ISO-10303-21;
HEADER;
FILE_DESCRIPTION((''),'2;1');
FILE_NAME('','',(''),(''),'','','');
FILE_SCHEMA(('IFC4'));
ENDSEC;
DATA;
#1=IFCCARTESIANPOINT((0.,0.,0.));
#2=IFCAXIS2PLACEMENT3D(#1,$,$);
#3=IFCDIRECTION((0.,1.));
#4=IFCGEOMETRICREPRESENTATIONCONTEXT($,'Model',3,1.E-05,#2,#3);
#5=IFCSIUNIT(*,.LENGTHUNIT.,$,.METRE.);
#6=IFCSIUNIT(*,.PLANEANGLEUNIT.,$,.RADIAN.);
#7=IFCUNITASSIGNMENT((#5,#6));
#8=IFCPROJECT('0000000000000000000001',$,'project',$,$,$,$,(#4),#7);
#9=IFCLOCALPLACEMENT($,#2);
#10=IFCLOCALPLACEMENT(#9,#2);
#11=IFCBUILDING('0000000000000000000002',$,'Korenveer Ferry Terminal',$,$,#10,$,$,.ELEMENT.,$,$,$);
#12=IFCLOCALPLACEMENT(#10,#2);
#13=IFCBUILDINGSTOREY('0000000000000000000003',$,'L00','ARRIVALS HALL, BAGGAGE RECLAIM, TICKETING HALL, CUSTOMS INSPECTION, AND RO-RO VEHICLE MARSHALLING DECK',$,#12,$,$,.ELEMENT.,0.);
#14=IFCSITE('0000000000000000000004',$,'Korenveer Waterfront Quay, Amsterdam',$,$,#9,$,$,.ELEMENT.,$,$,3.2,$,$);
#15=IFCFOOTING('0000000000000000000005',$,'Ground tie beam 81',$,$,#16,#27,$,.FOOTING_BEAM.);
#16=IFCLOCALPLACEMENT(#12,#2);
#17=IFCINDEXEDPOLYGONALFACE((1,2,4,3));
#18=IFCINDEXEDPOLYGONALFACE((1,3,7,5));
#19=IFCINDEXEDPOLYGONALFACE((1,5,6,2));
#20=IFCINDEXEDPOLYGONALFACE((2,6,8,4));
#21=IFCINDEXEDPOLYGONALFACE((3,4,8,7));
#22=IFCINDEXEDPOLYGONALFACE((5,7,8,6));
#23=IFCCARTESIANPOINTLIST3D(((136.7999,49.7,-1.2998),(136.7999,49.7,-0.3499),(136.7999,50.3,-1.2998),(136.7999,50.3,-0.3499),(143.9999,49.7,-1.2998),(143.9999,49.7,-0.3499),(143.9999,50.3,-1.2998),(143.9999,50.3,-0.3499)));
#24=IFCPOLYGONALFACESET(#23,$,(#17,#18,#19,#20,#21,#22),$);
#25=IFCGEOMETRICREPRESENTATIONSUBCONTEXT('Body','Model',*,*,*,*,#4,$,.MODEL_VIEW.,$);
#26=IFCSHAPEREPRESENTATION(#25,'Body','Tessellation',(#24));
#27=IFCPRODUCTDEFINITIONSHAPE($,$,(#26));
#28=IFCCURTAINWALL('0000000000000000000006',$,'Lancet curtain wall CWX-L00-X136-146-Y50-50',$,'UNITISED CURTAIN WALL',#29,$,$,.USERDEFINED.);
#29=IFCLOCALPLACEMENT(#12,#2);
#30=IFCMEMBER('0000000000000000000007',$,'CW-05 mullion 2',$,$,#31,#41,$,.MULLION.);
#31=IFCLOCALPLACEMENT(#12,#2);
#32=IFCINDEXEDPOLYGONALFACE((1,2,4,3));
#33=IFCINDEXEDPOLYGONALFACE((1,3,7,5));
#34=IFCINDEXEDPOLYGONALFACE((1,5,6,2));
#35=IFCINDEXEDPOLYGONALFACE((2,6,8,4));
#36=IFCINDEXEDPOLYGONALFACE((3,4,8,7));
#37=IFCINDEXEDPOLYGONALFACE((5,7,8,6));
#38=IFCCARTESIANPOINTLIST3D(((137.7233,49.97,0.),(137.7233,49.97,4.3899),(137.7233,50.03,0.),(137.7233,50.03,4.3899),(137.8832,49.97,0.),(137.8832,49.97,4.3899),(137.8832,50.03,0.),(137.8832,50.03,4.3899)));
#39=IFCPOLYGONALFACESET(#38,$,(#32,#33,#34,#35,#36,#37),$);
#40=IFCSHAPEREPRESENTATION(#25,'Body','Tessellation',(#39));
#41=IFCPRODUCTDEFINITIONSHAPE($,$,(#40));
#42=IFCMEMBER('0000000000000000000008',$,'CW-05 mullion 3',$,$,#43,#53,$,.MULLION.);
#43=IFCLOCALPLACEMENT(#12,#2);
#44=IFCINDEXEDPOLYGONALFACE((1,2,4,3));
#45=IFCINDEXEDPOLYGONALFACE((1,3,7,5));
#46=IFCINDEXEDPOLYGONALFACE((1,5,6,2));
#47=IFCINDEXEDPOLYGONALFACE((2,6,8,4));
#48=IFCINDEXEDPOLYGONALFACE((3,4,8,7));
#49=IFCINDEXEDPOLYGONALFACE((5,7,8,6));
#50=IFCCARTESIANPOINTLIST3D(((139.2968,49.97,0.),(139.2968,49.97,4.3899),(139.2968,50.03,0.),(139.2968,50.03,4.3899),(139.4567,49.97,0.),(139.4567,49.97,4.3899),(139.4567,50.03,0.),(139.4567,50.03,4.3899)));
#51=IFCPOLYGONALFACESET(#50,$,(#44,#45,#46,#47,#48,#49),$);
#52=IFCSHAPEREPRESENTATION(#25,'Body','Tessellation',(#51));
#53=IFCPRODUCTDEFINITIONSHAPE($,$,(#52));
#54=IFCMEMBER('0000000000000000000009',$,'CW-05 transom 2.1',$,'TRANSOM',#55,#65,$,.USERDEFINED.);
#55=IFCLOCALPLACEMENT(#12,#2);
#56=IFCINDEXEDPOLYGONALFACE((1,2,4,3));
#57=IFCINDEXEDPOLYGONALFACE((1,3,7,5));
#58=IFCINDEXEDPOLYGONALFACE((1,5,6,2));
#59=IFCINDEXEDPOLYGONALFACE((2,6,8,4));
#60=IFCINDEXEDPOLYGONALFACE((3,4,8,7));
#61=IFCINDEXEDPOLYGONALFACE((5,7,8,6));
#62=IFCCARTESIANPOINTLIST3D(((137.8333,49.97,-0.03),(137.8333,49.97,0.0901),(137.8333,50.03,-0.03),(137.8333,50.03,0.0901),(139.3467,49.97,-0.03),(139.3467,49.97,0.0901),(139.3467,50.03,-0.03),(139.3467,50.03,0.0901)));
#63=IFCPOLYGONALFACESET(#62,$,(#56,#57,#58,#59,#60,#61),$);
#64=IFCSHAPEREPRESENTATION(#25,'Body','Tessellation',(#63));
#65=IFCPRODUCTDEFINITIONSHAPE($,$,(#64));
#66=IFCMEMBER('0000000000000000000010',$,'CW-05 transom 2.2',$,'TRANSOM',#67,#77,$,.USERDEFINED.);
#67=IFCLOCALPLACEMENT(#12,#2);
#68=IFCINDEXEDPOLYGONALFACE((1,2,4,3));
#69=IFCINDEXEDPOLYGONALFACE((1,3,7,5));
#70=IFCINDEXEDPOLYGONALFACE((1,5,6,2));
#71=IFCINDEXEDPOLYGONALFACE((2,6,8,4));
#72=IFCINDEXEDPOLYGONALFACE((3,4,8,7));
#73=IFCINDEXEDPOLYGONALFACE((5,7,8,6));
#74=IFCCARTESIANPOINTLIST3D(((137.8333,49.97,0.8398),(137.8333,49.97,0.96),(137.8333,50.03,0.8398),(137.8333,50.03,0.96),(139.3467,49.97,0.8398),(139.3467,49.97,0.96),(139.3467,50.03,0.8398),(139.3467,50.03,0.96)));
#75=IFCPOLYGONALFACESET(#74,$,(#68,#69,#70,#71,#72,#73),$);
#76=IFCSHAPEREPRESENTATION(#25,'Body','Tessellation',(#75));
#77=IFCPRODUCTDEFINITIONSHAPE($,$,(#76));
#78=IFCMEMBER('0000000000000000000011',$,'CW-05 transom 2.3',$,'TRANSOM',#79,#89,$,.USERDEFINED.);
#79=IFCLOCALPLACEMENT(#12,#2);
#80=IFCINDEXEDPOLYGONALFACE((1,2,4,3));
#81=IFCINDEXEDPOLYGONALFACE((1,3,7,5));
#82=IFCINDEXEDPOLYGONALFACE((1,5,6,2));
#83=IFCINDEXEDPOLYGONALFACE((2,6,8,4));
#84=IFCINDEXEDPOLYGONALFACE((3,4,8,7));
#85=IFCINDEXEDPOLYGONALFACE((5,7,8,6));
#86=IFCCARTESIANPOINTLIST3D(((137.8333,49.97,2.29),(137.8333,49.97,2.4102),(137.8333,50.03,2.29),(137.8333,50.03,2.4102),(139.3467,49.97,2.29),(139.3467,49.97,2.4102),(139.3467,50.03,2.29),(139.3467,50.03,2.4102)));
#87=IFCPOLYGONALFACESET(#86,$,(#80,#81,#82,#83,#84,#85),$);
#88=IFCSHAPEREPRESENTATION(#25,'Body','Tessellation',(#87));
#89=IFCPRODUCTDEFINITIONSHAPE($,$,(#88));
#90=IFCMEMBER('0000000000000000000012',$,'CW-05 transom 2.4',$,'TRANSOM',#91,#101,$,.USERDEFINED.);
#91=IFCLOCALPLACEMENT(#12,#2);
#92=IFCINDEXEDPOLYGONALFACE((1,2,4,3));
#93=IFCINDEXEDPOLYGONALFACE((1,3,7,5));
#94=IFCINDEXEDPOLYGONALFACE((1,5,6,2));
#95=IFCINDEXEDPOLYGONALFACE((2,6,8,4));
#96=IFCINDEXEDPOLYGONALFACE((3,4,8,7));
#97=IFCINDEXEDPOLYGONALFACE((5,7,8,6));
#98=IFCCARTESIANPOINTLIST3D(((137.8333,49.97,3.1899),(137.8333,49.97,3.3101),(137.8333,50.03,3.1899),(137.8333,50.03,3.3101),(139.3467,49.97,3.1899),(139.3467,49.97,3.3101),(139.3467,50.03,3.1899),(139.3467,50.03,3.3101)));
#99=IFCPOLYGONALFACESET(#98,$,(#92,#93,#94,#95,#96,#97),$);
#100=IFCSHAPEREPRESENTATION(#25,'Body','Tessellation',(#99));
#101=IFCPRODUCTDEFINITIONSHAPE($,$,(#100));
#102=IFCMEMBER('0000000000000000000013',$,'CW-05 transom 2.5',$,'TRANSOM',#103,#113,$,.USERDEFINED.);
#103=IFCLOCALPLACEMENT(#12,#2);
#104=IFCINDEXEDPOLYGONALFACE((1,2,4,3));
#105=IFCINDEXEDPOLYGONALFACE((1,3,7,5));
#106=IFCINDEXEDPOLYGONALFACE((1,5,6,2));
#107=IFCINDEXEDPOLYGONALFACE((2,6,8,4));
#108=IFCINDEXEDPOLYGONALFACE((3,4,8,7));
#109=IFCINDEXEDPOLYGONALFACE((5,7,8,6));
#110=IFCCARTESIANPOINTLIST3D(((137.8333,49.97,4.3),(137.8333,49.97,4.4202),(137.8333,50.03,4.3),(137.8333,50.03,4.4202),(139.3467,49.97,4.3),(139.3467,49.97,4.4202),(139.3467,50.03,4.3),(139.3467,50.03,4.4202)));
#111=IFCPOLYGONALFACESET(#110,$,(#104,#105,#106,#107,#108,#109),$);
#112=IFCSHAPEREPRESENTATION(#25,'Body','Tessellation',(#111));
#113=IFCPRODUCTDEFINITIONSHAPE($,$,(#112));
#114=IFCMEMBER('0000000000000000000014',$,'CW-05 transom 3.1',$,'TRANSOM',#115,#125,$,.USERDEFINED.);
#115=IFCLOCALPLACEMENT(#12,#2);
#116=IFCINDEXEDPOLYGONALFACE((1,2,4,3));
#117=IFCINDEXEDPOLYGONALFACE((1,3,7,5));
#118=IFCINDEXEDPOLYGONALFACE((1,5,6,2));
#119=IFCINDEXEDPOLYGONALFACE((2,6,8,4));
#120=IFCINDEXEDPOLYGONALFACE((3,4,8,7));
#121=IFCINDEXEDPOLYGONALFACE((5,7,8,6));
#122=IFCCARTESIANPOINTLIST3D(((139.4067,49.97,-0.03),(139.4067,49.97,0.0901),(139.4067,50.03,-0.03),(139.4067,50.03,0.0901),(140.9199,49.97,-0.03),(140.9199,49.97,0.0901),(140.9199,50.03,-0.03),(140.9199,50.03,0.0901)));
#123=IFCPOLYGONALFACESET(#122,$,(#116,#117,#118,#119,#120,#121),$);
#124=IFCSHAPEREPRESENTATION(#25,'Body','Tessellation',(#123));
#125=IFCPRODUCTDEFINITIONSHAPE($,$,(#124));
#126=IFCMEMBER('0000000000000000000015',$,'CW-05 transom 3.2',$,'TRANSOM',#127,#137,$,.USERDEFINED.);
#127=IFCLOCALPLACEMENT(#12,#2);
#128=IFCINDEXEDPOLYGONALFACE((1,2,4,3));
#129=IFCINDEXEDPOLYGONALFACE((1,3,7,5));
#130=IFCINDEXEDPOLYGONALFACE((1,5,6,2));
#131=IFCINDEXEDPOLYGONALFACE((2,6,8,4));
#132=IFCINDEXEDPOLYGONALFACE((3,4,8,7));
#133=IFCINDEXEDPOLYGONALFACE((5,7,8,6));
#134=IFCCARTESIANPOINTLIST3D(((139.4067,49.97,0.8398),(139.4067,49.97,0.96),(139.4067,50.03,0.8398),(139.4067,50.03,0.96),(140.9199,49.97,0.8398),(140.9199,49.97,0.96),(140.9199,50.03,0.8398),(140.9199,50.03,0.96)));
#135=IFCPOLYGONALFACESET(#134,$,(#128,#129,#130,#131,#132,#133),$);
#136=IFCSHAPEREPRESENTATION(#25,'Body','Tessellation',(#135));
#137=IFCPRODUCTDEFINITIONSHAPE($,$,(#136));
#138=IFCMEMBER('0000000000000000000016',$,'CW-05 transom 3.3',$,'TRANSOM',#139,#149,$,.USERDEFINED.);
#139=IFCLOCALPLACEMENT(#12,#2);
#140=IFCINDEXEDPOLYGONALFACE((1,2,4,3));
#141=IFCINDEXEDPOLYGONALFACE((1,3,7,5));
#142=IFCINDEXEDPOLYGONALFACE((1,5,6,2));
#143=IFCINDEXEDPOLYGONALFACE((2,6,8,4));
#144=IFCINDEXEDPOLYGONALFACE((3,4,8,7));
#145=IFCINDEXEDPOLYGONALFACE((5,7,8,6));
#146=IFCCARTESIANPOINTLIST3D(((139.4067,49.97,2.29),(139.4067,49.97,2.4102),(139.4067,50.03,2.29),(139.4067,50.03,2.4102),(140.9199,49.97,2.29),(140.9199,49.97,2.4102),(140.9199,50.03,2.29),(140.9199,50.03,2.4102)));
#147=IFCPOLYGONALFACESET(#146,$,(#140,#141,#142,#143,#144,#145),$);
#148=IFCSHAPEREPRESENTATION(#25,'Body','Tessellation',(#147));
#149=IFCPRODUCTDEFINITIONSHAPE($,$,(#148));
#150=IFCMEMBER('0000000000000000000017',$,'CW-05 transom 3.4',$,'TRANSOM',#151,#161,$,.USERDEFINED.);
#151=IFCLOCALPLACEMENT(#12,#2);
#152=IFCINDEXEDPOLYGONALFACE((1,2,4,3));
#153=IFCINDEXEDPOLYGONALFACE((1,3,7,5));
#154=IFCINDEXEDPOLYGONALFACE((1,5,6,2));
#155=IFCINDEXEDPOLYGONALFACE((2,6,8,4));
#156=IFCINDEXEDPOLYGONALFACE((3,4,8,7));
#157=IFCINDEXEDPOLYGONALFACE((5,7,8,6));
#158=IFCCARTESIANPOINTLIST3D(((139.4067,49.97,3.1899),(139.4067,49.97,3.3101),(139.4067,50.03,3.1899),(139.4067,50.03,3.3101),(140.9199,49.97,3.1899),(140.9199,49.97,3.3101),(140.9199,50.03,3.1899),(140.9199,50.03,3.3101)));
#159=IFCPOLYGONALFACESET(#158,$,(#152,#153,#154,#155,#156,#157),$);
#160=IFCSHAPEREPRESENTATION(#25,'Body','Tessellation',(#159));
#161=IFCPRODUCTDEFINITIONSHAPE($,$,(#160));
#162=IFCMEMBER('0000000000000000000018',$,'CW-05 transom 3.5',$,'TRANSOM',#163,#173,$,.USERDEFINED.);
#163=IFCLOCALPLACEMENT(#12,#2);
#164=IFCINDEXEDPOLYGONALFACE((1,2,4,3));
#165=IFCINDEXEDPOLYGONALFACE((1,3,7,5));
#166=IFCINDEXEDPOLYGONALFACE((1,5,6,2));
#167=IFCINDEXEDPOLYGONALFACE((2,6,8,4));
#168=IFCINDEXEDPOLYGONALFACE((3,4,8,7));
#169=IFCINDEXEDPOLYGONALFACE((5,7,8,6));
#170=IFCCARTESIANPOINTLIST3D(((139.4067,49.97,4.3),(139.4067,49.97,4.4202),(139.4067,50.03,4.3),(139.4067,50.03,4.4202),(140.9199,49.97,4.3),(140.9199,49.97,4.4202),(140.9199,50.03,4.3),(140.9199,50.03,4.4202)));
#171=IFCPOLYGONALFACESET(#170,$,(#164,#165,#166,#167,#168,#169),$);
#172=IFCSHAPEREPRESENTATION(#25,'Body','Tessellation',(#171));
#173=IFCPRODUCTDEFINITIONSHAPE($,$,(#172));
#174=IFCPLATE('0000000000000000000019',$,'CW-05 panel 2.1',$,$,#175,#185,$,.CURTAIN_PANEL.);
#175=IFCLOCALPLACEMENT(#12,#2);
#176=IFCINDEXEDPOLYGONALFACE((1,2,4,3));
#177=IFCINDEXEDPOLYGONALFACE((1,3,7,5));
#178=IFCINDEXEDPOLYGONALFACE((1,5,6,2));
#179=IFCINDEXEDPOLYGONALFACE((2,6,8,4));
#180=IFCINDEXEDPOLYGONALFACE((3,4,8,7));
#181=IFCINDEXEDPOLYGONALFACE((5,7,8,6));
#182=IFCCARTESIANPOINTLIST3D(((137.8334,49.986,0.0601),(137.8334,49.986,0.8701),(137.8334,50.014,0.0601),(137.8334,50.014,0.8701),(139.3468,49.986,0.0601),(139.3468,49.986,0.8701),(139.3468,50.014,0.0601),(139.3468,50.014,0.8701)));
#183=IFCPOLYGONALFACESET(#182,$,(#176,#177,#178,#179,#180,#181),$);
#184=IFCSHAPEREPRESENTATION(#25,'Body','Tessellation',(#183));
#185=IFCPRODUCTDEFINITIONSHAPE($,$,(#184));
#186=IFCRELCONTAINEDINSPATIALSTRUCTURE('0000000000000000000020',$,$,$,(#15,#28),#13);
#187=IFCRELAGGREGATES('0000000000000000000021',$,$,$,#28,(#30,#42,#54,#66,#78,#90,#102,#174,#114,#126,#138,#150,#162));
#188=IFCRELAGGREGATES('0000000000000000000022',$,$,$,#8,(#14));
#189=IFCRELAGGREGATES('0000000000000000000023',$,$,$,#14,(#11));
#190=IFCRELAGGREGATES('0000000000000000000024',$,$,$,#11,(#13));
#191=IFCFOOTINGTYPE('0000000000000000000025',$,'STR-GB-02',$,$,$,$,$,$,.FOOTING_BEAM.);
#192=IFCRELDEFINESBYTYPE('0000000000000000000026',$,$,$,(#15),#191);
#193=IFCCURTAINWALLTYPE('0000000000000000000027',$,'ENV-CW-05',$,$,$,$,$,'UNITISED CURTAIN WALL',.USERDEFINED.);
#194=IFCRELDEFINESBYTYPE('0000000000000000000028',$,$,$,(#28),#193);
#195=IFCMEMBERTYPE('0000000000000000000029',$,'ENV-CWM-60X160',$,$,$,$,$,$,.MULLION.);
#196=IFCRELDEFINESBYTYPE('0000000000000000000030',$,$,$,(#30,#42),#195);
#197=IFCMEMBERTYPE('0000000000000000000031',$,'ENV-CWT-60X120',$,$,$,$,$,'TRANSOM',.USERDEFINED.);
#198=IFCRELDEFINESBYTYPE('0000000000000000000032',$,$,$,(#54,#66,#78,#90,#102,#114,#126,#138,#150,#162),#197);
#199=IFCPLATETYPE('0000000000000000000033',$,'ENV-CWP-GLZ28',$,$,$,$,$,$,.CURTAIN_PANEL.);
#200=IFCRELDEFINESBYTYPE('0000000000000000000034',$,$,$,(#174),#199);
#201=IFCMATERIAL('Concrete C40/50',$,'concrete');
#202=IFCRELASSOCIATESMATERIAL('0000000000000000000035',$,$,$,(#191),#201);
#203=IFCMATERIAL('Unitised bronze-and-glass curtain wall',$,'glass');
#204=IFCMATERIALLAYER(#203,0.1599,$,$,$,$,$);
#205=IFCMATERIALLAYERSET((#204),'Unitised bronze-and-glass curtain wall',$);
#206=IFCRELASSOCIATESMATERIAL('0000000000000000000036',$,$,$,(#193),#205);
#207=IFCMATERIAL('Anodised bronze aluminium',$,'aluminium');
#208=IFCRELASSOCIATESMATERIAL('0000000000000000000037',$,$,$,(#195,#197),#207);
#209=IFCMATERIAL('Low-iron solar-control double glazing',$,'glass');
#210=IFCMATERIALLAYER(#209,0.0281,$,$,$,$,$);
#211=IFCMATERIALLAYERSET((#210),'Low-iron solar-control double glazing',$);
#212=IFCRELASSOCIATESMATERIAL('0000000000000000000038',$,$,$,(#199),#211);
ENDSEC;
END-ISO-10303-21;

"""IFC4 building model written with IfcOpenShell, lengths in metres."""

from ifc_helpers import new_model, si_unit, direction, frame, origin, origin_2d, place, context, subcontext, project, spatial, rectangle, extrude, material, layer, layer_set, material_profile, profile_set, type_object, element, aggregate, save


model = new_model("IFC4")

# Units and contexts
model_context = context("Model", 3, precision=1e-05, world=origin(), true_north=direction((0.0, 1.0)))
body_context = subcontext(model_context, "Body", "Model", "MODEL_VIEW")
ifc_project = project(units=[si_unit("LENGTHUNIT", "METRE"), si_unit("PLANEANGLEUNIT", "RADIAN")], contexts=[model_context])

# Site, building, storey
site_placement = place(None, origin())
site = spatial("IfcSite", under=ifc_project, at=site_placement, Name="Korenveer Waterfront Quay, Amsterdam", CompositionType="ELEMENT", RefElevation=3.2)
building_placement = place(site_placement, origin())
building = spatial("IfcBuilding", under=site, at=building_placement, Name="Korenveer Ferry Terminal", CompositionType="ELEMENT")
storey_placement = place(building_placement, origin())
storey = spatial("IfcBuildingStorey", under=building, at=storey_placement, Name="L00", Description="ARRIVALS HALL, BAGGAGE RECLAIM, TICKETING HALL, CUSTOMS INSPECTION, AND RO-RO VEHICLE MARSHALLING DECK", CompositionType="ELEMENT", Elevation=0.0)

# Footing
ifc_material_1 = material(Name="Concrete C40/50", Category="concrete")
footing_type = type_object("IfcFootingType", Name="STR-GB-02", PredefinedType="FOOTING_BEAM", material=ifc_material_1)
footing_placement = place(storey_placement, frame((140.3999, 50.0, -1.2998), z_axis=(0.0, 0.0, 1.0), x_axis=(1.0, 0.0, 0.0)))
element("IfcFooting", 1, at=footing_placement, inside=storey, type_object=footing_type, Name="Ground tie beam 81", PredefinedType="FOOTING_BEAM", context=body_context, shape_type="SweptSolid", body=[
    extrude(rectangle(XDim=7.2, YDim=0.6001, at=origin_2d()), origin(), (0.0, 0.0, 1.0), 0.95),
])

# Curtain wall, members, plate
ifc_material_2 = material(Name="Unitised bronze-and-glass curtain wall", Category="glass")
ifc_layer_1 = layer(ifc_material_2, 0.1599)
ifc_layer_set_1 = layer_set([ifc_layer_1], Name="Unitised bronze-and-glass curtain wall")
curtain_wall_type = type_object("IfcCurtainWallType", Name="ENV-CW-05", ElementType="UNITISED CURTAIN WALL", PredefinedType="USERDEFINED", material=ifc_layer_set_1)
curtain_wall_placement = place(storey_placement, frame((136.23, 50.0, 0.0)))
curtain_wall = element("IfcCurtainWall", 2, at=curtain_wall_placement, inside=storey, type_object=curtain_wall_type, Name="Lancet curtain wall CWX-L00-X136-146-Y50-50", ObjectType="UNITISED CURTAIN WALL", PredefinedType="USERDEFINED")
ifc_material_3 = material(Name="Anodised bronze aluminium", Category="aluminium")
ifc_material_profile_1 = material_profile(ifc_material_3, rectangle(XDim=0.0601, YDim=0.1599, at=origin_2d()), Name="ALU 60x160")
ifc_profile_set_1 = profile_set([ifc_material_profile_1], Name="Anodised bronze aluminium")
member_type_1 = type_object("IfcMemberType", Name="ENV-CWM-60X160", PredefinedType="MULLION", material=ifc_profile_set_1)
member_1_placement = place(storey_placement, frame((137.8032, 50.0, 0.0), z_axis=(0.0, 0.0, 1.0), x_axis=(0.0, 1.0, 0.0)))
member_1 = element("IfcMember", 3, at=member_1_placement, type_object=member_type_1, Name="CW-05 mullion 2", PredefinedType="MULLION", context=body_context, shape_type="SweptSolid", body=[
    extrude(rectangle(XDim=0.0601, YDim=0.1599, at=origin_2d()), origin(), (0.0, 0.0, 1.0), 4.3899),
])
member_2_placement = place(storey_placement, frame((139.3767, 50.0, 0.0), z_axis=(0.0, 0.0, 1.0), x_axis=(0.0, 1.0, 0.0)))
member_2 = element("IfcMember", 4, at=member_2_placement, type_object=member_type_1, Name="CW-05 mullion 3", PredefinedType="MULLION", context=body_context, shape_type="SweptSolid", body=[
    extrude(rectangle(XDim=0.0601, YDim=0.1599, at=origin_2d()), origin(), (0.0, 0.0, 1.0), 4.3899),
])
ifc_material_profile_2 = material_profile(ifc_material_3, rectangle(XDim=0.0601, YDim=0.1201, at=origin_2d()), Name="ALU 60x120")
ifc_profile_set_2 = profile_set([ifc_material_profile_2], Name="Anodised bronze aluminium")
member_type_2 = type_object("IfcMemberType", Name="ENV-CWT-60X120", ElementType="TRANSOM", PredefinedType="USERDEFINED", material=ifc_profile_set_2)
member_3_placement = place(storey_placement, frame((137.8333, 50.0, 0.03), z_axis=(1.0, 0.0, 0.0), x_axis=(0.0, 1.0, 0.0)))
member_3 = element("IfcMember", 5, at=member_3_placement, type_object=member_type_2, Name="CW-05 transom 2.1", ObjectType="TRANSOM", PredefinedType="USERDEFINED", context=body_context, shape_type="SweptSolid", body=[
    extrude(rectangle(XDim=0.0601, YDim=0.1201, at=origin_2d()), origin(), (0.0, 0.0, 1.0), 1.5134),
])
member_4_placement = place(storey_placement, frame((137.8333, 50.0, 0.8999), z_axis=(1.0, 0.0, 0.0), x_axis=(0.0, 1.0, 0.0)))
member_4 = element("IfcMember", 6, at=member_4_placement, type_object=member_type_2, Name="CW-05 transom 2.2", ObjectType="TRANSOM", PredefinedType="USERDEFINED", context=body_context, shape_type="SweptSolid", body=[
    extrude(rectangle(XDim=0.0601, YDim=0.1201, at=origin_2d()), origin(), (0.0, 0.0, 1.0), 1.5134),
])
member_5_placement = place(storey_placement, frame((137.8333, 50.0, 2.3501), z_axis=(1.0, 0.0, 0.0), x_axis=(0.0, 1.0, 0.0)))
member_5 = element("IfcMember", 7, at=member_5_placement, type_object=member_type_2, Name="CW-05 transom 2.3", ObjectType="TRANSOM", PredefinedType="USERDEFINED", context=body_context, shape_type="SweptSolid", body=[
    extrude(rectangle(XDim=0.0601, YDim=0.1201, at=origin_2d()), origin(), (0.0, 0.0, 1.0), 1.5134),
])
member_6_placement = place(storey_placement, frame((137.8333, 50.0, 3.25), z_axis=(1.0, 0.0, 0.0), x_axis=(0.0, 1.0, 0.0)))
member_6 = element("IfcMember", 8, at=member_6_placement, type_object=member_type_2, Name="CW-05 transom 2.4", ObjectType="TRANSOM", PredefinedType="USERDEFINED", context=body_context, shape_type="SweptSolid", body=[
    extrude(rectangle(XDim=0.0601, YDim=0.1201, at=origin_2d()), origin(), (0.0, 0.0, 1.0), 1.5134),
])
member_7_placement = place(storey_placement, frame((137.8333, 50.0, 4.3601), z_axis=(1.0, 0.0, 0.0), x_axis=(0.0, 1.0, 0.0)))
member_7 = element("IfcMember", 9, at=member_7_placement, type_object=member_type_2, Name="CW-05 transom 2.5", ObjectType="TRANSOM", PredefinedType="USERDEFINED", context=body_context, shape_type="SweptSolid", body=[
    extrude(rectangle(XDim=0.0601, YDim=0.1201, at=origin_2d()), origin(), (0.0, 0.0, 1.0), 1.5134),
])
member_8_placement = place(storey_placement, frame((139.4067, 50.0, 0.03), z_axis=(1.0, 0.0, 0.0), x_axis=(0.0, 1.0, 0.0)))
member_8 = element("IfcMember", 10, at=member_8_placement, type_object=member_type_2, Name="CW-05 transom 3.1", ObjectType="TRANSOM", PredefinedType="USERDEFINED", context=body_context, shape_type="SweptSolid", body=[
    extrude(rectangle(XDim=0.0601, YDim=0.1201, at=origin_2d()), origin(), (0.0, 0.0, 1.0), 1.5132),
])
member_9_placement = place(storey_placement, frame((139.4067, 50.0, 0.8999), z_axis=(1.0, 0.0, 0.0), x_axis=(0.0, 1.0, 0.0)))
member_9 = element("IfcMember", 11, at=member_9_placement, type_object=member_type_2, Name="CW-05 transom 3.2", ObjectType="TRANSOM", PredefinedType="USERDEFINED", context=body_context, shape_type="SweptSolid", body=[
    extrude(rectangle(XDim=0.0601, YDim=0.1201, at=origin_2d()), origin(), (0.0, 0.0, 1.0), 1.5132),
])
member_10_placement = place(storey_placement, frame((139.4067, 50.0, 2.3501), z_axis=(1.0, 0.0, 0.0), x_axis=(0.0, 1.0, 0.0)))
member_10 = element("IfcMember", 12, at=member_10_placement, type_object=member_type_2, Name="CW-05 transom 3.3", ObjectType="TRANSOM", PredefinedType="USERDEFINED", context=body_context, shape_type="SweptSolid", body=[
    extrude(rectangle(XDim=0.0601, YDim=0.1201, at=origin_2d()), origin(), (0.0, 0.0, 1.0), 1.5132),
])
member_11_placement = place(storey_placement, frame((139.4067, 50.0, 3.25), z_axis=(1.0, 0.0, 0.0), x_axis=(0.0, 1.0, 0.0)))
member_11 = element("IfcMember", 13, at=member_11_placement, type_object=member_type_2, Name="CW-05 transom 3.4", ObjectType="TRANSOM", PredefinedType="USERDEFINED", context=body_context, shape_type="SweptSolid", body=[
    extrude(rectangle(XDim=0.0601, YDim=0.1201, at=origin_2d()), origin(), (0.0, 0.0, 1.0), 1.5132),
])
member_12_placement = place(storey_placement, frame((139.4067, 50.0, 4.3601), z_axis=(1.0, 0.0, 0.0), x_axis=(0.0, 1.0, 0.0)))
member_12 = element("IfcMember", 14, at=member_12_placement, type_object=member_type_2, Name="CW-05 transom 3.5", ObjectType="TRANSOM", PredefinedType="USERDEFINED", context=body_context, shape_type="SweptSolid", body=[
    extrude(rectangle(XDim=0.0601, YDim=0.1201, at=origin_2d()), origin(), (0.0, 0.0, 1.0), 1.5132),
])
ifc_material_4 = material(Name="Low-iron solar-control double glazing", Category="glass")
ifc_layer_2 = layer(ifc_material_4, 0.0281)
ifc_layer_set_2 = layer_set([ifc_layer_2], Name="Low-iron solar-control double glazing")
plate_type = type_object("IfcPlateType", Name="ENV-CWP-GLZ28", PredefinedType="CURTAIN_PANEL", material=ifc_layer_set_2)
plate_1_placement = place(storey_placement, frame((138.5901, 50.0, 0.0601), z_axis=(0.0, 0.0, 1.0), x_axis=(1.0, 0.0, 0.0)))
plate_1 = element("IfcPlate", 15, at=plate_1_placement, type_object=plate_type, Name="CW-05 panel 2.1", PredefinedType="CURTAIN_PANEL", context=body_context, shape_type="SweptSolid", body=[
    extrude(rectangle(XDim=1.5134, YDim=0.0281, at=origin_2d()), origin(), (0.0, 0.0, 1.0), 0.8101),
])
aggregate(curtain_wall, [member_1, member_2, member_3, member_4, member_5, member_6, member_7, plate_1, member_8, member_9, member_10, member_11, member_12])

save(model, "model.ifc")
